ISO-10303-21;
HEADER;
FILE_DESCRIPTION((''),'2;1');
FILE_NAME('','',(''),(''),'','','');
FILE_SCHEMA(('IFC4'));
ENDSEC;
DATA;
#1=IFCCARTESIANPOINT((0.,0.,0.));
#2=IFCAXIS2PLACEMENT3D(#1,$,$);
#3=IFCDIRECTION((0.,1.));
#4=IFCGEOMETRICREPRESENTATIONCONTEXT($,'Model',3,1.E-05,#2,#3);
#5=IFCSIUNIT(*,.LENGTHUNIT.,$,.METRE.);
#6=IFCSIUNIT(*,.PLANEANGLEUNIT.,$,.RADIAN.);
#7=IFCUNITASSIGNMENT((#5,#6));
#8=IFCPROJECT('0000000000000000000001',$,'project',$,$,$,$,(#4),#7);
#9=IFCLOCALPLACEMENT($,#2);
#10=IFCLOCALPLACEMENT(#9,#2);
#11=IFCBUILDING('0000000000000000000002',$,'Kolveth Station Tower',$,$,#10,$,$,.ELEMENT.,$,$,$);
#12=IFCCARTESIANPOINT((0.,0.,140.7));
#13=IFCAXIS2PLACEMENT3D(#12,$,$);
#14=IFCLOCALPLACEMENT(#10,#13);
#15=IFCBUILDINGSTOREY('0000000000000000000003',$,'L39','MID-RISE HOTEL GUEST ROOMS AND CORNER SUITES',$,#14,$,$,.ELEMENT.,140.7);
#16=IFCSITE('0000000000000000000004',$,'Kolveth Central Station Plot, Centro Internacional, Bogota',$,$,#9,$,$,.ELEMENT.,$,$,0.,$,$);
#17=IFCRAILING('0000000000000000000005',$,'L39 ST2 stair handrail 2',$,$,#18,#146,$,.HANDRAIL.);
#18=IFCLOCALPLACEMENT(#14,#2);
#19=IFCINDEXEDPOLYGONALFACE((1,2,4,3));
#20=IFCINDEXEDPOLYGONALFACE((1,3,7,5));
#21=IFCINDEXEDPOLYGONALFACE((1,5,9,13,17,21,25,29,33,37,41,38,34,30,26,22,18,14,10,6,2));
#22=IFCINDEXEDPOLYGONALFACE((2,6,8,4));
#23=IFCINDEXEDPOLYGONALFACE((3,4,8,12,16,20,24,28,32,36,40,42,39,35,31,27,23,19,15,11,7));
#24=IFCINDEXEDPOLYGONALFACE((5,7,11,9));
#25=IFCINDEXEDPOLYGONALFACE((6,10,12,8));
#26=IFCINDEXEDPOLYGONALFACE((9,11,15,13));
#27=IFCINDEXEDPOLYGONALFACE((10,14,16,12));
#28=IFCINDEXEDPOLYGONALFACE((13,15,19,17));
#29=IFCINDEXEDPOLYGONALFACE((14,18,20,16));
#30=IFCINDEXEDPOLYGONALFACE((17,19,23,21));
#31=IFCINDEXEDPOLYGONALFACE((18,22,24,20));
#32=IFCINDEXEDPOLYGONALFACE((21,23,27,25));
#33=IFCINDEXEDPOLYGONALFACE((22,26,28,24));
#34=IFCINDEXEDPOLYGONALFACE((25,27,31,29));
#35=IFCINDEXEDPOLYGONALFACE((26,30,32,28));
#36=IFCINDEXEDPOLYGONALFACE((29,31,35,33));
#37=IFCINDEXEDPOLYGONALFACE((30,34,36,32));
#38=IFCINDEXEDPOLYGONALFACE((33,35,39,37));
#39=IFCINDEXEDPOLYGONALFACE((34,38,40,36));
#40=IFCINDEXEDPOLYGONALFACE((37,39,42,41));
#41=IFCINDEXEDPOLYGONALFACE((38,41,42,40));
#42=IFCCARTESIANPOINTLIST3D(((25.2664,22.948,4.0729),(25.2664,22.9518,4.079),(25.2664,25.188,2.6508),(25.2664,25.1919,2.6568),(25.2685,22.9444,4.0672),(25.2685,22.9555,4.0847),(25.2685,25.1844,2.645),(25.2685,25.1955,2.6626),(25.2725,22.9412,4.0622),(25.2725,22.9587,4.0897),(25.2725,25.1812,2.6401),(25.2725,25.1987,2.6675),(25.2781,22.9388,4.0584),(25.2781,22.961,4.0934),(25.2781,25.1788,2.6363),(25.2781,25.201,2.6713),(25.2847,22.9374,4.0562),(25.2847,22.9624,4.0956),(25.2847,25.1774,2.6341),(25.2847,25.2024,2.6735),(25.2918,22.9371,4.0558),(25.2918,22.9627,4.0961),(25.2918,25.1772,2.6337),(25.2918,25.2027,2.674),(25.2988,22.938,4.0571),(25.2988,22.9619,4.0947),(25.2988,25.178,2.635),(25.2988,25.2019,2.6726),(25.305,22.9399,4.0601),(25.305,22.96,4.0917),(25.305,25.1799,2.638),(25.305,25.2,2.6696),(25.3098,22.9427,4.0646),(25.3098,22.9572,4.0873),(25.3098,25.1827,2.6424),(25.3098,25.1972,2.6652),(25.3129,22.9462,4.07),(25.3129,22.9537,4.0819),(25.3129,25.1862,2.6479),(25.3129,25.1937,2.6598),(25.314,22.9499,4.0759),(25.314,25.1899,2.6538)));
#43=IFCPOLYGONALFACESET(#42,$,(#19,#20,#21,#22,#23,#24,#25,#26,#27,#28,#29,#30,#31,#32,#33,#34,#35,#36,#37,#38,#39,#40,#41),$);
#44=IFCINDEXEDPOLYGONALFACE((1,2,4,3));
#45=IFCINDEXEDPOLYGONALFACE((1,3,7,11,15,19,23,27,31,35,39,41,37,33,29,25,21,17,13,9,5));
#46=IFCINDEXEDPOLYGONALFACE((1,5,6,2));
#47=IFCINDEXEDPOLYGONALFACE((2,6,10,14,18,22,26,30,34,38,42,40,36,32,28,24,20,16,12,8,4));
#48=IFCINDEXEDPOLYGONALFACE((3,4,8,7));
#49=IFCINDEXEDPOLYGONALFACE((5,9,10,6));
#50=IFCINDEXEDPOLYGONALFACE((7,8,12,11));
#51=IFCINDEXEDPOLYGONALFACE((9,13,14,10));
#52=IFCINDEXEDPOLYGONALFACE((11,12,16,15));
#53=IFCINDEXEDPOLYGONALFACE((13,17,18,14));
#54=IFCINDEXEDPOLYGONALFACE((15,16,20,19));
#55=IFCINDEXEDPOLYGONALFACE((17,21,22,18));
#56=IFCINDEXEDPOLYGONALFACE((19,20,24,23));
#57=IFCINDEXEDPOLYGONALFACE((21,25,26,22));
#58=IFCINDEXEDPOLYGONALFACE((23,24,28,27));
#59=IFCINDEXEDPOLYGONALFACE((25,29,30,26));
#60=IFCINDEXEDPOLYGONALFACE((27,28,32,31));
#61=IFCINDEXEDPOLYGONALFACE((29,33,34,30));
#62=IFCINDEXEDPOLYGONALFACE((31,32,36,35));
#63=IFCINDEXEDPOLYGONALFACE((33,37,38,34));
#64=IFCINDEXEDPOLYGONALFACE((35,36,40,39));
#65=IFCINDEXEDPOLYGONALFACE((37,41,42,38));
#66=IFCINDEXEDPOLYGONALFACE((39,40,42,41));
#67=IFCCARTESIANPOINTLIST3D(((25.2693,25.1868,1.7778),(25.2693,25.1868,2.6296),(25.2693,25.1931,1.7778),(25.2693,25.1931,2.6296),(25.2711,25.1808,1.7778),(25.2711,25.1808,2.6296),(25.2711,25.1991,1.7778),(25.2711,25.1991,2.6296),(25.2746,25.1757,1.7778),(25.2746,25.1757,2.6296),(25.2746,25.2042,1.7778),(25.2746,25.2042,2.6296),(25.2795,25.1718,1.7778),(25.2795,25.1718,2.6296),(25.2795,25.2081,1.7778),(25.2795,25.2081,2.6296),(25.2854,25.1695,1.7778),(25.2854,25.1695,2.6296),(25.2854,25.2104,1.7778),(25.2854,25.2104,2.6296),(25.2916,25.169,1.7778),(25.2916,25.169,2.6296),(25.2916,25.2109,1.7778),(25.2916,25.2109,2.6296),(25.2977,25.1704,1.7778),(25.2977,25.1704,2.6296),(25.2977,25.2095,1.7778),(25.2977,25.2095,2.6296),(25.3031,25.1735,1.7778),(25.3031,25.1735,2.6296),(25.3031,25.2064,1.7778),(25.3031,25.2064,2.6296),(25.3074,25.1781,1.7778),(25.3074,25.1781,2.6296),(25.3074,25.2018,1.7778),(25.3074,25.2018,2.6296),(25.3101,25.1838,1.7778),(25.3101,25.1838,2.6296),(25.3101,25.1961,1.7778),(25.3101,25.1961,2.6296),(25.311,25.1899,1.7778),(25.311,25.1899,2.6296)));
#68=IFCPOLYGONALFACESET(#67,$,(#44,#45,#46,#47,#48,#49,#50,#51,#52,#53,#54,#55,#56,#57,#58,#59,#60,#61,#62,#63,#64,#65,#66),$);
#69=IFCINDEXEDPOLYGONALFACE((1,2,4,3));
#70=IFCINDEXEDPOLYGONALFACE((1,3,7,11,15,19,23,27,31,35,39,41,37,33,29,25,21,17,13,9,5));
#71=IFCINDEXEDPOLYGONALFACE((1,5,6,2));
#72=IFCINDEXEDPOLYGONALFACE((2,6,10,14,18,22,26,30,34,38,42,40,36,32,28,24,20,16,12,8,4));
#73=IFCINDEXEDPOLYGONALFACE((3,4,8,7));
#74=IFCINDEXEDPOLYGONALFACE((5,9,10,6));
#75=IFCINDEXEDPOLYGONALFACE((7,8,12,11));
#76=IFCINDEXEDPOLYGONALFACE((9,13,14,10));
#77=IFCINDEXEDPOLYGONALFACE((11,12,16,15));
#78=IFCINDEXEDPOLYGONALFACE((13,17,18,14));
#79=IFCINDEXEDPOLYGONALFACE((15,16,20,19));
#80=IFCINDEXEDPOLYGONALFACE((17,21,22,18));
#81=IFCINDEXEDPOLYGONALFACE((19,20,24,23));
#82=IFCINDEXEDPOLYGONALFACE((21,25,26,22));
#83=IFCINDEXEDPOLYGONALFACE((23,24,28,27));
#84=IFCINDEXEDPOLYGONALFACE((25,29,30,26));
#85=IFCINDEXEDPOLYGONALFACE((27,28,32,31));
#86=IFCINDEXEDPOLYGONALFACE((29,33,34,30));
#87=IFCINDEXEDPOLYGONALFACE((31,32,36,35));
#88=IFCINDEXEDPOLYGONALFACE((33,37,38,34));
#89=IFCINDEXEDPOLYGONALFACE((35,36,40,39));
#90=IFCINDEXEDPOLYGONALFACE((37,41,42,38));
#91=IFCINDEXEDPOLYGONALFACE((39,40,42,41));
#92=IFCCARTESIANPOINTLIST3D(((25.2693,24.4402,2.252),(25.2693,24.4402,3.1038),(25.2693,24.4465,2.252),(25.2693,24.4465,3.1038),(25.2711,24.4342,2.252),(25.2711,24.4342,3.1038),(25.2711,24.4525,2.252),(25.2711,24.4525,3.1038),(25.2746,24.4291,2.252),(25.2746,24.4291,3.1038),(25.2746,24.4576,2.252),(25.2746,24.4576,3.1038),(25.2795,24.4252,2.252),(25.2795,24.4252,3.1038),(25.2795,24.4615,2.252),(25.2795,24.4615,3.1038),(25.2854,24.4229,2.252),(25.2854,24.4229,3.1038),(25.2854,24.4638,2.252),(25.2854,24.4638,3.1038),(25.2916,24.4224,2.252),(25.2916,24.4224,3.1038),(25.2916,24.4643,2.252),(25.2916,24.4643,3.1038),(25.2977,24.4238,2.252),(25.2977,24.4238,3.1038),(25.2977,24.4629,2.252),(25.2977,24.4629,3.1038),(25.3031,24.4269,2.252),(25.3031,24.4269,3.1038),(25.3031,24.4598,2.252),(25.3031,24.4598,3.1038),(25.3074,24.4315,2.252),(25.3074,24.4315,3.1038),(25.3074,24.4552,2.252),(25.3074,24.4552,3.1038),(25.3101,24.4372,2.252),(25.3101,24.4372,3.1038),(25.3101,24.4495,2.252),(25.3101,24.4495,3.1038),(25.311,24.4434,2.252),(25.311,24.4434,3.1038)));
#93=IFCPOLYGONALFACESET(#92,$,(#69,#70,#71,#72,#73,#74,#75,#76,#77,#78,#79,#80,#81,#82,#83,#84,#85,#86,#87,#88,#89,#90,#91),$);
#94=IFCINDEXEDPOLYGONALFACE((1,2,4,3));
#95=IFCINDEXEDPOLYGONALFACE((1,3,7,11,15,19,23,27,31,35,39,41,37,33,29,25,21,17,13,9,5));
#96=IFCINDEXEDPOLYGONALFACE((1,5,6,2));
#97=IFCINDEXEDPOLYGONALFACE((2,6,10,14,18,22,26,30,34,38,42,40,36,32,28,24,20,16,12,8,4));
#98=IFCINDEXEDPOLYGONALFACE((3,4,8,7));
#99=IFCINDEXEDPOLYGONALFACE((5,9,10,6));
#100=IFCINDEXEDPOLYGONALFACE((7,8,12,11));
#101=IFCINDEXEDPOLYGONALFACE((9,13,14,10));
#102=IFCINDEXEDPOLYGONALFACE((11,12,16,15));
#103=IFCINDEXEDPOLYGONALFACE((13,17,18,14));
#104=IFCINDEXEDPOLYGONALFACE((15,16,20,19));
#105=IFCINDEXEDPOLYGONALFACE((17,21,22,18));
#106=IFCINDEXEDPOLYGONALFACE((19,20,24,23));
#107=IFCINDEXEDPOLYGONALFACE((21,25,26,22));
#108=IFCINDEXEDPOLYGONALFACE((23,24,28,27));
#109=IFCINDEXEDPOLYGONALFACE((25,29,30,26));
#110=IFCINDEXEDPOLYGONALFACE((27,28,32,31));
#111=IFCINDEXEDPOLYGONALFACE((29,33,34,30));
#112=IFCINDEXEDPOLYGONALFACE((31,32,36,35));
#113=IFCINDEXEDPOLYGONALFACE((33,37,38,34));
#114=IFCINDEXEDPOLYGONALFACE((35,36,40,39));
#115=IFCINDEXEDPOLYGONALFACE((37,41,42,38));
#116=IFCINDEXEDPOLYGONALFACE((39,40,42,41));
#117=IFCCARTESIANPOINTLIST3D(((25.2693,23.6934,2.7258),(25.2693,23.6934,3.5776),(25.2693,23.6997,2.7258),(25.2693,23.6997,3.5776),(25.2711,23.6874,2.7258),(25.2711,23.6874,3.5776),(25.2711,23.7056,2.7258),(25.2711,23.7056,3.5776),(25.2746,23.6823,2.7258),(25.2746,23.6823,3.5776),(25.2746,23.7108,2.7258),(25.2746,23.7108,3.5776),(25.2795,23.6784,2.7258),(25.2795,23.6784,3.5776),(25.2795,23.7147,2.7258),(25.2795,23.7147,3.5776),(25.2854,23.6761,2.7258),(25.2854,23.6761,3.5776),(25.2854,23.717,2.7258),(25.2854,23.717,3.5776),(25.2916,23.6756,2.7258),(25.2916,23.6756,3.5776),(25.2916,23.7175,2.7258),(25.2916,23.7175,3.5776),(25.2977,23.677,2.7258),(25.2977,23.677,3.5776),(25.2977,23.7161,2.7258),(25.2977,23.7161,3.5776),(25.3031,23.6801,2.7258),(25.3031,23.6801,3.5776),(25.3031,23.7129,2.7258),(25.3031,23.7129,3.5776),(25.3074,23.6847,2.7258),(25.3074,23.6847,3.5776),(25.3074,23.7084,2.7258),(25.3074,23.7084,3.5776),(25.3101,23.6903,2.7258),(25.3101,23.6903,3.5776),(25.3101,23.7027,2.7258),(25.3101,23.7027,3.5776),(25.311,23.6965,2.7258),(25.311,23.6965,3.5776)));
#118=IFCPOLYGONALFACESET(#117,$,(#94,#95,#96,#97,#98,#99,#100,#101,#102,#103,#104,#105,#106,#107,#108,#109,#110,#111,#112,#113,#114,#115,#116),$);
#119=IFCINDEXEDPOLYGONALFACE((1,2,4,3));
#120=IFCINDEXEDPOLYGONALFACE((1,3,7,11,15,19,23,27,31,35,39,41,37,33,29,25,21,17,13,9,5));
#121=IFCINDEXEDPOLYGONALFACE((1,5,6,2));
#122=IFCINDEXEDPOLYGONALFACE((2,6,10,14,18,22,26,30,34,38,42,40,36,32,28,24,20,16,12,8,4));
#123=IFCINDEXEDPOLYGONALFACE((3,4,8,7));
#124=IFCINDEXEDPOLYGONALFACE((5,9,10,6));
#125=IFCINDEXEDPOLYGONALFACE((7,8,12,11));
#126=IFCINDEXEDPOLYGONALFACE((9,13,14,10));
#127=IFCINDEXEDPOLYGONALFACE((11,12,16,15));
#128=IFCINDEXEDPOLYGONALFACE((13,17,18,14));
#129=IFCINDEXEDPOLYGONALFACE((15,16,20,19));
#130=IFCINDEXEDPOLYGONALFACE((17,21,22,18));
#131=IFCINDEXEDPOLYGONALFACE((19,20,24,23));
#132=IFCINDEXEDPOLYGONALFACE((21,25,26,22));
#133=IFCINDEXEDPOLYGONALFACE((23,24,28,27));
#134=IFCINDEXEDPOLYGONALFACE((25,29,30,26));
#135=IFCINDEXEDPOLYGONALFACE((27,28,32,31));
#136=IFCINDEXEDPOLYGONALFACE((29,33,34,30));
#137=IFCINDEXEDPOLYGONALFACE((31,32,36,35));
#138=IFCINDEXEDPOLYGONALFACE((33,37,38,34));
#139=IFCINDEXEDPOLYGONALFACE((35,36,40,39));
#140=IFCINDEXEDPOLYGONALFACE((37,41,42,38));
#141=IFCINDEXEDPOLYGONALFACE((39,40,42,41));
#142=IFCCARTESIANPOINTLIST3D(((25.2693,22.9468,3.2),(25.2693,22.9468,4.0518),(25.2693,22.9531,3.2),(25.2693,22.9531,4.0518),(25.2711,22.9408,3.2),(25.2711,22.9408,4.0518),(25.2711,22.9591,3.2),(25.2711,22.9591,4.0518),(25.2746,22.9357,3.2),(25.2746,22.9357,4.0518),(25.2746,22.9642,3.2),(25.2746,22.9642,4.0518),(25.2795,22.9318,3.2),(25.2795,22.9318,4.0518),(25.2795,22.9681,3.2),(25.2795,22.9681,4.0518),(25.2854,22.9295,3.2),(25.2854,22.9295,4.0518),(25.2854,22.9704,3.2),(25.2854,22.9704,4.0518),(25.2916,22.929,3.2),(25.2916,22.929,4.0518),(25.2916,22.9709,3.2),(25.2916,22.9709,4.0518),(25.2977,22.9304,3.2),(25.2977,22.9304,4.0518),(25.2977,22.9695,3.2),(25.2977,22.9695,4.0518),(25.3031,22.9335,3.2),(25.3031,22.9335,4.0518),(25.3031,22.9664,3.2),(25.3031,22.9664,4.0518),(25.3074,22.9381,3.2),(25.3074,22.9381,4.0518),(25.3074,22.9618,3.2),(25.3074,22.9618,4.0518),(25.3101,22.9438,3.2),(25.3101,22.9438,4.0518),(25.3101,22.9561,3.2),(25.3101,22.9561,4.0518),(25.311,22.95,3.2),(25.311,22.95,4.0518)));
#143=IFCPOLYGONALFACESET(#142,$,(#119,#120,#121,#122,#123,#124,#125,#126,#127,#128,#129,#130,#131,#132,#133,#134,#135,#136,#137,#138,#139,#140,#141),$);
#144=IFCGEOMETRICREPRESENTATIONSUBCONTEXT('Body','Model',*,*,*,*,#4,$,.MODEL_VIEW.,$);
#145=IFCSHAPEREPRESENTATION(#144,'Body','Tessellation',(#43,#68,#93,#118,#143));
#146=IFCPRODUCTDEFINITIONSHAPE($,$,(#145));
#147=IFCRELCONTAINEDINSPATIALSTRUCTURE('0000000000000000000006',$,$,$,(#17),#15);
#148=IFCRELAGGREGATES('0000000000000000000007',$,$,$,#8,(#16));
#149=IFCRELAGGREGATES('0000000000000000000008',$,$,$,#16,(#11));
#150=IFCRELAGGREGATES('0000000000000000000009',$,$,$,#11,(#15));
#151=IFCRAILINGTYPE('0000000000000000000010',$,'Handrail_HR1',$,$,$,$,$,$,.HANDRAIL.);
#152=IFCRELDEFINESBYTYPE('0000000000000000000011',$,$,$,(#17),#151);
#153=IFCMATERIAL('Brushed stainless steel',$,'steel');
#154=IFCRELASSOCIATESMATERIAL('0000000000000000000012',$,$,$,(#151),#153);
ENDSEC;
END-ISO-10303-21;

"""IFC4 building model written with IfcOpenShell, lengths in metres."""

from ifc_helpers import new_model, si_unit, direction, frame, origin, origin_2d, place, context, subcontext, project, spatial, circle, extrude, material, type_object, element, save


model = new_model("IFC4")

# Units and contexts
model_context = context("Model", 3, precision=1e-05, world=origin(), true_north=direction((0.0, 1.0)))
body_context = subcontext(model_context, "Body", "Model", "MODEL_VIEW")
ifc_project = project(units=[si_unit("LENGTHUNIT", "METRE"), si_unit("PLANEANGLEUNIT", "RADIAN")], contexts=[model_context])

# Site, building, storey
site_placement = place(None, origin())
site = spatial("IfcSite", under=ifc_project, at=site_placement, Name="Kolveth Central Station Plot, Centro Internacional, Bogota", CompositionType="ELEMENT", RefElevation=0.0)
building_placement = place(site_placement, origin())
building = spatial("IfcBuilding", under=site, at=building_placement, Name="Kolveth Station Tower", CompositionType="ELEMENT")
storey_placement = place(building_placement, frame((0.0, 0.0, 140.7)))
storey = spatial("IfcBuildingStorey", under=building, at=storey_placement, Name="L39", Description="MID-RISE HOTEL GUEST ROOMS AND CORNER SUITES", CompositionType="ELEMENT", Elevation=140.7)

# Railing
ifc_material_1 = material(Name="Brushed stainless steel", Category="steel")
railing_type_1 = type_object("IfcRailingType", Name="Handrail_HR1", PredefinedType="HANDRAIL", material=ifc_material_1)
railing_1_placement = place(storey_placement, frame((25.29, 25.1899, 1.7778)))
element("IfcRailing", 1, at=railing_1_placement, inside=storey, type_object=railing_type_1, Name="L39 ST2 stair handrail 2", PredefinedType="HANDRAIL", context=body_context, shape_type="SweptSolid", body=[
    extrude(circle(Radius=0.0239, at=origin_2d()), frame((0.0, 0.0, 0.876), z_axis=(0.0, -0.844229, 0.535982), x_axis=(1.0, 0.0, 0.0)), (0.0, 0.0, 1.0), 2.6533),
    extrude(circle(Radius=0.021, at=origin_2d()), origin(), (0.0, 0.0, 1.0), 0.8518),
    extrude(circle(Radius=0.021, at=origin_2d()), frame((0.0, -0.7466, 0.4741)), (0.0, 0.0, 1.0), 0.8518),
    extrude(circle(Radius=0.021, at=origin_2d()), frame((0.0, -1.4934, 0.948)), (0.0, 0.0, 1.0), 0.8518),
    extrude(circle(Radius=0.021, at=origin_2d()), frame((0.0, -2.24, 1.4221)), (0.0, 0.0, 1.0), 0.8518),
])

save(model, "model.ifc")
